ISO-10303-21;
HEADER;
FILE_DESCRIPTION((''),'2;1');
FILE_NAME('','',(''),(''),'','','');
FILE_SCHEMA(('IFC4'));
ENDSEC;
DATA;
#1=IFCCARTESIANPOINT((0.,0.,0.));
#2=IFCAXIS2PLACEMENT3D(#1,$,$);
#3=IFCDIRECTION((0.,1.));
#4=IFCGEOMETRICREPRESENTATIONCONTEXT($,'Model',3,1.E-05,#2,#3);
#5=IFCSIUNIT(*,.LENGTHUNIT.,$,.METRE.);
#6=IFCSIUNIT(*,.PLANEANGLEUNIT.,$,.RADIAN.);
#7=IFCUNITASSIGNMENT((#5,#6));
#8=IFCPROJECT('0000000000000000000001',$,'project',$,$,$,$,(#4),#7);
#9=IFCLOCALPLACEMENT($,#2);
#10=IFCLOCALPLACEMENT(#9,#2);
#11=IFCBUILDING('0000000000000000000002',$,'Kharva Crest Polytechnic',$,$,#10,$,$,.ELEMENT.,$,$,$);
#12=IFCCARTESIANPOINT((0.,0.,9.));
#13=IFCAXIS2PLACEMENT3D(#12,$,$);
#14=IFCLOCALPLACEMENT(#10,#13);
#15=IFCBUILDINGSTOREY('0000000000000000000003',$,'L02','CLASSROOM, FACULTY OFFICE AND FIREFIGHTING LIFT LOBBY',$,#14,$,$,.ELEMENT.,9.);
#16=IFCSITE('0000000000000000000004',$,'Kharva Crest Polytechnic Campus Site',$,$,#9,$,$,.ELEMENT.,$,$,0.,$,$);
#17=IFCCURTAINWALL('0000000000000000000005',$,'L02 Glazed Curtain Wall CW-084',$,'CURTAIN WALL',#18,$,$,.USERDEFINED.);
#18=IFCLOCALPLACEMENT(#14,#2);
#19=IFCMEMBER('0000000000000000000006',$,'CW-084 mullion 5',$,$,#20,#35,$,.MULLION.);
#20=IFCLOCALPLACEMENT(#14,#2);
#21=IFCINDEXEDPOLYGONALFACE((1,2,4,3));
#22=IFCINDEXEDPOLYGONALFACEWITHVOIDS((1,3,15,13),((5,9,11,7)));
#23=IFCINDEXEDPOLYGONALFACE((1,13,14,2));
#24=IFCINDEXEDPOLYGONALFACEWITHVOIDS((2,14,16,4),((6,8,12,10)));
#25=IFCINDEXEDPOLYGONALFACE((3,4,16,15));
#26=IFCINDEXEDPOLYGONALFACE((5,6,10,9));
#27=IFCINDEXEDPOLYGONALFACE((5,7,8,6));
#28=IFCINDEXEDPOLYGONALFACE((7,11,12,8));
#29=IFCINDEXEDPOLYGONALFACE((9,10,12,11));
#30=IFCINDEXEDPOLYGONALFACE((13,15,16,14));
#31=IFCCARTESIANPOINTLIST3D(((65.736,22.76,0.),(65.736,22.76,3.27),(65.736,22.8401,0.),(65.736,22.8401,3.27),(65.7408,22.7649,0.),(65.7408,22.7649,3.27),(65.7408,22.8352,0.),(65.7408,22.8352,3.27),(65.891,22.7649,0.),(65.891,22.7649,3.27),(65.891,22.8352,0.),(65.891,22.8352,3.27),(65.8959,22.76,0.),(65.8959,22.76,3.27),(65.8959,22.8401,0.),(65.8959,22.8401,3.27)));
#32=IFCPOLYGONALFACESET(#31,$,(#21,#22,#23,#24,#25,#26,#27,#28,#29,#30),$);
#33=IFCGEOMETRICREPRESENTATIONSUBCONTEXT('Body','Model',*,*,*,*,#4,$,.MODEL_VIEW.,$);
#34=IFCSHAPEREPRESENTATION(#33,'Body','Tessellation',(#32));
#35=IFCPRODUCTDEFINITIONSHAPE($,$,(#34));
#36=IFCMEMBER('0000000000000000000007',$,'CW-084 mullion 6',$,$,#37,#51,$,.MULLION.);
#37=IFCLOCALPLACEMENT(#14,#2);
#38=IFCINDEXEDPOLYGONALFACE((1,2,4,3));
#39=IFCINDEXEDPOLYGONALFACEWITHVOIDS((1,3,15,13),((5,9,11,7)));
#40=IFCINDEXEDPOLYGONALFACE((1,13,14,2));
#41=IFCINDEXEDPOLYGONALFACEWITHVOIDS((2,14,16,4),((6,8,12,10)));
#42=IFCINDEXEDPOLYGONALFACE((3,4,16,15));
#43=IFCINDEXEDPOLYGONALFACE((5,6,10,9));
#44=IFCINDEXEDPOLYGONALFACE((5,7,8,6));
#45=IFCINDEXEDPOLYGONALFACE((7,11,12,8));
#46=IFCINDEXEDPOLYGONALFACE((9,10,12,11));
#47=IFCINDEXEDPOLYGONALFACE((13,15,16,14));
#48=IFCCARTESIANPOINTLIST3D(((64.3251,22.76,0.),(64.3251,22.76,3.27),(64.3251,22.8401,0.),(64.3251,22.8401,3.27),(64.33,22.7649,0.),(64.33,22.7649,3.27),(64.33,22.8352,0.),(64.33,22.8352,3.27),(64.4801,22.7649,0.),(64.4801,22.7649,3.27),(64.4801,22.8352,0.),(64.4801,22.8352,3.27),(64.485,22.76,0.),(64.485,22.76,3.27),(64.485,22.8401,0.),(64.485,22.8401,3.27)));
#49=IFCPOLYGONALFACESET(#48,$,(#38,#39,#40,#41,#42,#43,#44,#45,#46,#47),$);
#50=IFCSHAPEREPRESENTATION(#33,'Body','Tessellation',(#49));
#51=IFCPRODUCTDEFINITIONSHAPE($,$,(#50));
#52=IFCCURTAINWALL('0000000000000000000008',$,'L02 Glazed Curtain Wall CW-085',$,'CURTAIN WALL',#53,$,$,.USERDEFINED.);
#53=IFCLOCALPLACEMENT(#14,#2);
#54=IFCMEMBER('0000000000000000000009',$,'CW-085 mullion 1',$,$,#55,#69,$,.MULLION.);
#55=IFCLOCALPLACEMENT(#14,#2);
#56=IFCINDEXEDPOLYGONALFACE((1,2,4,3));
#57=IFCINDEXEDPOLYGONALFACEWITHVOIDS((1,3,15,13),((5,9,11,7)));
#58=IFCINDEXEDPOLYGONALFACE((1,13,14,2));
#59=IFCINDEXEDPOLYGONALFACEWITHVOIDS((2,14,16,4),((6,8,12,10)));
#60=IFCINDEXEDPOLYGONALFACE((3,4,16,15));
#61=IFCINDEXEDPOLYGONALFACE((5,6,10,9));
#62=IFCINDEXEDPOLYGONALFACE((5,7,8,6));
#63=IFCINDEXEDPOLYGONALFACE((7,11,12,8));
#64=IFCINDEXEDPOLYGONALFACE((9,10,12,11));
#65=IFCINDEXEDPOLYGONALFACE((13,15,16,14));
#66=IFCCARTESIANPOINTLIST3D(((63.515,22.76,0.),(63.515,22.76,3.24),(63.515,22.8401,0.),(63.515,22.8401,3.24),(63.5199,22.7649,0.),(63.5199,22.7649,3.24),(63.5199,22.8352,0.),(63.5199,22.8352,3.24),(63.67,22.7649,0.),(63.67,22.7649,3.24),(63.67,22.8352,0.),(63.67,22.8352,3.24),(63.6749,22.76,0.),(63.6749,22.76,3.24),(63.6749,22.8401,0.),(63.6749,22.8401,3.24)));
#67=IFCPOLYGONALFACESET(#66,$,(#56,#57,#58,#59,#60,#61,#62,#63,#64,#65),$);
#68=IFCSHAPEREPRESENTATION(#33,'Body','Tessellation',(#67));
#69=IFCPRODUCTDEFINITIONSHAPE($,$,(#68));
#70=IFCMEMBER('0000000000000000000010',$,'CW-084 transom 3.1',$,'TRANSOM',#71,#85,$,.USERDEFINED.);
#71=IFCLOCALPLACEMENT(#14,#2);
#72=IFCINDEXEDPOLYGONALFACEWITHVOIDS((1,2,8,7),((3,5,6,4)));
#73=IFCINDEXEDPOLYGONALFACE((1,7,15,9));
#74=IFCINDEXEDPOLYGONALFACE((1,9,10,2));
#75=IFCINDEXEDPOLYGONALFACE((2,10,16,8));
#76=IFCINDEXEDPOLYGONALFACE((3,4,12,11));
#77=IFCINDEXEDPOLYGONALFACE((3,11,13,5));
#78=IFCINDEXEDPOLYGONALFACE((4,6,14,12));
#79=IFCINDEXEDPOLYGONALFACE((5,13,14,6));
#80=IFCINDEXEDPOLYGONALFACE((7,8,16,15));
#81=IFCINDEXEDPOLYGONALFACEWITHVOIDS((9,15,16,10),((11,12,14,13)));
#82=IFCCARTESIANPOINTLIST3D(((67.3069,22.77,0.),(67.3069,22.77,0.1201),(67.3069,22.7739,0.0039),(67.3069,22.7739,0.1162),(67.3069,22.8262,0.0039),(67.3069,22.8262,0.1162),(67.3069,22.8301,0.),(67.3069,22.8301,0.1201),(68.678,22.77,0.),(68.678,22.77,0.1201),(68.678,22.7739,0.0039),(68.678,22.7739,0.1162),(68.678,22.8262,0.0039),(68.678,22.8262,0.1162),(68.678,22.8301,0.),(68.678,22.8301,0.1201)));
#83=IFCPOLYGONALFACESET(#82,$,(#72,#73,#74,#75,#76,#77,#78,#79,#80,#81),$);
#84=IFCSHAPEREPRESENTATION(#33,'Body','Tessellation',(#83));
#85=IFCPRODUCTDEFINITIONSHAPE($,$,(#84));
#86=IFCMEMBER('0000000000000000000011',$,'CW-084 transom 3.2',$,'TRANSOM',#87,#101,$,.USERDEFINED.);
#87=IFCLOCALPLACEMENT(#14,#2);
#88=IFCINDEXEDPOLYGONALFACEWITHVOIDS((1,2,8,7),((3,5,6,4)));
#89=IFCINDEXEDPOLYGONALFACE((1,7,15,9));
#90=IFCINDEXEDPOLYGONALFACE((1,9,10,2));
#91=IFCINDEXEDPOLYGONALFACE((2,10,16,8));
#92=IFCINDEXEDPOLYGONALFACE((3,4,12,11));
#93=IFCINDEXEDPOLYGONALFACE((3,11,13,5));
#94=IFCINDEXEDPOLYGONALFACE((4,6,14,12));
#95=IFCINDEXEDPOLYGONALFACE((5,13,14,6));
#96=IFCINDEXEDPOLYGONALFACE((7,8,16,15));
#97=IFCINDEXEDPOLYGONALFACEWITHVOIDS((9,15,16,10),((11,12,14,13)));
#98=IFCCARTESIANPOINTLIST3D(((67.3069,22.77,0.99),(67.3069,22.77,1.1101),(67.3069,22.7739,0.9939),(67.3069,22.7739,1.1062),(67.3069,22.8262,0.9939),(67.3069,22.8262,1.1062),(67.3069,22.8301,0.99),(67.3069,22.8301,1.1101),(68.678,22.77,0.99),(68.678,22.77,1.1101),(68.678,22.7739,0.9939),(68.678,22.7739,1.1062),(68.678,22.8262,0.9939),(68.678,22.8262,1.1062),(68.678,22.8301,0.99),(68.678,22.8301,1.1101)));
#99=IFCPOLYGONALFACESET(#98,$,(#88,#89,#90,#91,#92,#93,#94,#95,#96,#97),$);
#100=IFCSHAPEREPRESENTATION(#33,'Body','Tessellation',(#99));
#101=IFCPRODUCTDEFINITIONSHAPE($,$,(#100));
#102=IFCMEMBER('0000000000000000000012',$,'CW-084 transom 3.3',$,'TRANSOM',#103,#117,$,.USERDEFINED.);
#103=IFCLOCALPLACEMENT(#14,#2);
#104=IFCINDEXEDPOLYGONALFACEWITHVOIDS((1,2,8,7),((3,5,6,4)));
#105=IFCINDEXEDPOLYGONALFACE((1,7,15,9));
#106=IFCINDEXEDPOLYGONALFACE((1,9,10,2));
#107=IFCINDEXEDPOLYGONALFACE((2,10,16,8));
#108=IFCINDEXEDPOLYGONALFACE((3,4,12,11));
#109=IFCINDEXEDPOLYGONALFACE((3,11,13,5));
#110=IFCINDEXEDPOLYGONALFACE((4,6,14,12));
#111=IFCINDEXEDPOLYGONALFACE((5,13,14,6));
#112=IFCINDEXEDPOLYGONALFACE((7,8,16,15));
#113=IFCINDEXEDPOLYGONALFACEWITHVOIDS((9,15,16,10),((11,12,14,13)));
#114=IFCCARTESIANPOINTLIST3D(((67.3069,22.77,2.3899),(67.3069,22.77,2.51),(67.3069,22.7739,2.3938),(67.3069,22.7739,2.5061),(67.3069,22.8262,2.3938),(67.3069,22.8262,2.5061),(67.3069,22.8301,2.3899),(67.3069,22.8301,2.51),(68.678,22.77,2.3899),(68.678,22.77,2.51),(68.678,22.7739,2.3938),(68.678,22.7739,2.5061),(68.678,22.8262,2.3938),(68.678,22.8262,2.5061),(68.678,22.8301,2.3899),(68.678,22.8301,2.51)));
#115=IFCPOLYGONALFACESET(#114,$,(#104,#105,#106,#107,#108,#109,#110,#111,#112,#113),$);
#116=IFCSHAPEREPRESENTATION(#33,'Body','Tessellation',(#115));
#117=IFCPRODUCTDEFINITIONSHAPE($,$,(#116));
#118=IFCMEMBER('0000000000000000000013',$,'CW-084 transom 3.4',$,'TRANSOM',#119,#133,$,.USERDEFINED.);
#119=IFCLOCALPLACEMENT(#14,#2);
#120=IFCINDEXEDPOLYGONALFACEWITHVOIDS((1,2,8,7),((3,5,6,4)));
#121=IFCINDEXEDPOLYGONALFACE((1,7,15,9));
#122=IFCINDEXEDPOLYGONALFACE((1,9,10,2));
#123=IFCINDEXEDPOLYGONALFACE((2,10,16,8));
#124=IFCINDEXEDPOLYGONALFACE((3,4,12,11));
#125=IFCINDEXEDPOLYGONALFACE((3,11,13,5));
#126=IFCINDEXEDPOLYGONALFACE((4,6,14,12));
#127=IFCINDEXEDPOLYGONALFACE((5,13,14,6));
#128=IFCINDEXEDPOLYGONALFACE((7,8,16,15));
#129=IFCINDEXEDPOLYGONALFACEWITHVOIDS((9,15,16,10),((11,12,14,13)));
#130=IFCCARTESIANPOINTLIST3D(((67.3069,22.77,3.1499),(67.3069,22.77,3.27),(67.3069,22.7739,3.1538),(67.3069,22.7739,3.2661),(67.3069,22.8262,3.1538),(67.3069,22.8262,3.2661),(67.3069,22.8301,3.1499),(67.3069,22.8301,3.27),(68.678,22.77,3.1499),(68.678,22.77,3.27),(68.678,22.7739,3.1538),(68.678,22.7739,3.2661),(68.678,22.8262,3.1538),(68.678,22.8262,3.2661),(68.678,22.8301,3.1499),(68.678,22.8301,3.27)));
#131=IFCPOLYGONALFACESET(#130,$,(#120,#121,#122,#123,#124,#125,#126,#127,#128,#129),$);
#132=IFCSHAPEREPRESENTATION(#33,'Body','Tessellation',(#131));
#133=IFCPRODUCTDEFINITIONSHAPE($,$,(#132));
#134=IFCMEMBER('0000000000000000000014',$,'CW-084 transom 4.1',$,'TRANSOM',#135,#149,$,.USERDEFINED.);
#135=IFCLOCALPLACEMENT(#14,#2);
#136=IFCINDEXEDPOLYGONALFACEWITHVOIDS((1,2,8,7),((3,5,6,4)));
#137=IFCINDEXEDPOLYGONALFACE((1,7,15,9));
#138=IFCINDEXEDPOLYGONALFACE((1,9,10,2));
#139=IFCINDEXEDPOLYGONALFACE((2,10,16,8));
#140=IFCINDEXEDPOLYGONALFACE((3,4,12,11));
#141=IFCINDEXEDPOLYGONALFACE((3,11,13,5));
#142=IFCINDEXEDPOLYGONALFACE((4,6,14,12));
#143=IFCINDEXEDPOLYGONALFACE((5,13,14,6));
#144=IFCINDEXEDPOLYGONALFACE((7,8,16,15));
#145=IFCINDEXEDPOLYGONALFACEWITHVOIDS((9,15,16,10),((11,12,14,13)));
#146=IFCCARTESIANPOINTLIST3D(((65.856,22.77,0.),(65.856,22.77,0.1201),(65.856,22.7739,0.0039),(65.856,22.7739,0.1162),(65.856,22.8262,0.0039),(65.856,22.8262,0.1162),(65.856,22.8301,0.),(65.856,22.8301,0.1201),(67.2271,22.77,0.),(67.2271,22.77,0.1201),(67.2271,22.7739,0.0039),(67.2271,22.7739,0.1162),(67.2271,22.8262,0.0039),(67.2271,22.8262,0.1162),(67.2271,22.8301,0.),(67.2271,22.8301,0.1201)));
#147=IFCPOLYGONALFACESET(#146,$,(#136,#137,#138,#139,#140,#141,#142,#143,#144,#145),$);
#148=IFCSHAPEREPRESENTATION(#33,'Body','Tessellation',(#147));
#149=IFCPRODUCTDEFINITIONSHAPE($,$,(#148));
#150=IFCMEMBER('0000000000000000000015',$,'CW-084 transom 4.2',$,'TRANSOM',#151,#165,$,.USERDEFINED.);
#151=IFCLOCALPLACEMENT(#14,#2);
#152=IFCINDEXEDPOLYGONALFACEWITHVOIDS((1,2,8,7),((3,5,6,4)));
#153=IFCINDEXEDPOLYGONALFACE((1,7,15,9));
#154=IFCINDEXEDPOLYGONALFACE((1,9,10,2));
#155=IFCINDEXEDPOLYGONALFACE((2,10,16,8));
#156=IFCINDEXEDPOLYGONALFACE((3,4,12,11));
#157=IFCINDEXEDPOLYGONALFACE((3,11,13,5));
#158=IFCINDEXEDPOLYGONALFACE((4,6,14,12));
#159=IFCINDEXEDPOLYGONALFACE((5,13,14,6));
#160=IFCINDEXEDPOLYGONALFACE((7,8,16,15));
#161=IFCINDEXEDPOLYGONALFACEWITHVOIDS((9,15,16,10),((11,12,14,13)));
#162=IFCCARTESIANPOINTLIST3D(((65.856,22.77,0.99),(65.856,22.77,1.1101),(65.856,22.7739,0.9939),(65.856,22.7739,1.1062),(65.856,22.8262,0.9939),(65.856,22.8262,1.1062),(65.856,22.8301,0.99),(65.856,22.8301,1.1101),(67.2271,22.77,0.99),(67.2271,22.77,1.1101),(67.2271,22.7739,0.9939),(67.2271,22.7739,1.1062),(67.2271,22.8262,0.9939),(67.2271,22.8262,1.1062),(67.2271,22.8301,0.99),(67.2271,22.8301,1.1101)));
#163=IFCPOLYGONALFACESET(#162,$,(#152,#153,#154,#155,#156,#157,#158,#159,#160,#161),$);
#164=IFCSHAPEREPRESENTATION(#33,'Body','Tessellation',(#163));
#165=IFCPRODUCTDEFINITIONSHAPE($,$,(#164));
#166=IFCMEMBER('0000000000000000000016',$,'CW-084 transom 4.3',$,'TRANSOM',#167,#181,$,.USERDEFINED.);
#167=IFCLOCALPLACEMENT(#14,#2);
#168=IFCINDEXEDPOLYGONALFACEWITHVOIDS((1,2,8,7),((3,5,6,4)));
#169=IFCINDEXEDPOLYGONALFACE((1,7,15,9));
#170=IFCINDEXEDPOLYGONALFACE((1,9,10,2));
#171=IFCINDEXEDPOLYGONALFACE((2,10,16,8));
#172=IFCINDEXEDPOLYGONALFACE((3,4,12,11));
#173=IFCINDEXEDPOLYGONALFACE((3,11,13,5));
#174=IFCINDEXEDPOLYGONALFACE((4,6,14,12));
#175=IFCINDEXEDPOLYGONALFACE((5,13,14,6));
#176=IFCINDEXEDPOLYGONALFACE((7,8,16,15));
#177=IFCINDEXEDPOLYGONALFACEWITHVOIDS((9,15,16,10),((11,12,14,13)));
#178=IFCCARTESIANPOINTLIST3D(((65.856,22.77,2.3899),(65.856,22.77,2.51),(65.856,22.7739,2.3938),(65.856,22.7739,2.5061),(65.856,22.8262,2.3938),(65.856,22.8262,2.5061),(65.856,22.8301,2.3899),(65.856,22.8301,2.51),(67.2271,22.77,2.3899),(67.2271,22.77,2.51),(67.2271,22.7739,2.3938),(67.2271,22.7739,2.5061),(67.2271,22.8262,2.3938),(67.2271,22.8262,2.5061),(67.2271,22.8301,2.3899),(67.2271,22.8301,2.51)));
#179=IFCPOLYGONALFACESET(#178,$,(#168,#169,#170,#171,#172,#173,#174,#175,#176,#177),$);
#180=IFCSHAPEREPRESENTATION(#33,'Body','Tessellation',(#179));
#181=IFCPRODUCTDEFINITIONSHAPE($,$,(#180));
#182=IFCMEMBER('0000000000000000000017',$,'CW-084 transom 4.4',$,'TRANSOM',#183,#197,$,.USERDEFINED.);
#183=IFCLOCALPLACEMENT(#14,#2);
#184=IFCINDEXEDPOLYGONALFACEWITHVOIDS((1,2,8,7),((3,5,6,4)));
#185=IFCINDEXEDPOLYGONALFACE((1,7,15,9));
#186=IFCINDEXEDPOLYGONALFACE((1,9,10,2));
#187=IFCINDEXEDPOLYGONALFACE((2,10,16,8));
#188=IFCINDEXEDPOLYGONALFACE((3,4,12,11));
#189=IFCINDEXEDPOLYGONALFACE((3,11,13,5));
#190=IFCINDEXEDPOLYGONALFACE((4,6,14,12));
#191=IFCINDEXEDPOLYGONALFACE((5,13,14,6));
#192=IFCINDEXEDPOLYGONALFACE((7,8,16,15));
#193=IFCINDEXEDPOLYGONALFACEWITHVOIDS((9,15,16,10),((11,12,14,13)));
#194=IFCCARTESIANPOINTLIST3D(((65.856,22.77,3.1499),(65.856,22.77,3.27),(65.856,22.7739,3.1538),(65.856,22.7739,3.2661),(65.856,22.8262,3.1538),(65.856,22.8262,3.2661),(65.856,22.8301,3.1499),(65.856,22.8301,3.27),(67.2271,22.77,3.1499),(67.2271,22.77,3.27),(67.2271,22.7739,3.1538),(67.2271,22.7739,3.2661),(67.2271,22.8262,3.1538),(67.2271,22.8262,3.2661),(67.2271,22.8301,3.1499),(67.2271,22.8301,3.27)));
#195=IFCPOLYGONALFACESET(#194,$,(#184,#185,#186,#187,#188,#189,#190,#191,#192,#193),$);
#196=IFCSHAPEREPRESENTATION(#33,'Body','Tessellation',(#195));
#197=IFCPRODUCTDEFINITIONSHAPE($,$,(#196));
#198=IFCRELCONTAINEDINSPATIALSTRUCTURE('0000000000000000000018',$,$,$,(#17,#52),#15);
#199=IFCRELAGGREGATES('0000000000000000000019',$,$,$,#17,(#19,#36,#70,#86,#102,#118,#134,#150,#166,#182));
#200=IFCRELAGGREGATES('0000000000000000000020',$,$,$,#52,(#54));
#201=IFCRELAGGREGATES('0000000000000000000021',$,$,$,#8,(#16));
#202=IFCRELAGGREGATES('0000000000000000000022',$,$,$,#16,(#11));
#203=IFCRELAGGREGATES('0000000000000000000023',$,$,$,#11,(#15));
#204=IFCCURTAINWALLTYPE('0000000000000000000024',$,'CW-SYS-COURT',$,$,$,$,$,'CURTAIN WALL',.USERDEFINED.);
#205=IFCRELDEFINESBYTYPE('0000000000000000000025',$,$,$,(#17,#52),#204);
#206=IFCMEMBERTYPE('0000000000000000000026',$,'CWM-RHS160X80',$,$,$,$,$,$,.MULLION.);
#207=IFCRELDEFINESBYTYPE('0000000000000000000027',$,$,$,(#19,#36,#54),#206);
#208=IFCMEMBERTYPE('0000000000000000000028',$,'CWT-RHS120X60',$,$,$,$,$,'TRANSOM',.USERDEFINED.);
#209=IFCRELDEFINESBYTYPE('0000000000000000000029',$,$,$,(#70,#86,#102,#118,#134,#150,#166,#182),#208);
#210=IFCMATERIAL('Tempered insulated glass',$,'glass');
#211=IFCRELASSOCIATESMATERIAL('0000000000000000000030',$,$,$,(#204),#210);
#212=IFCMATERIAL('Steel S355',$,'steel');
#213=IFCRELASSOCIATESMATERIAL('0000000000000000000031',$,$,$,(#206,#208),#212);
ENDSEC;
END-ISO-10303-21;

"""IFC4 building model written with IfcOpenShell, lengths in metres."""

from ifc_helpers import new_model, si_unit, direction, frame, origin, origin_2d, place, context, subcontext, project, spatial, hollow_rectangle, extrude, material, material_profile, profile_set, type_object, element, aggregate, save


model = new_model("IFC4")

# Units and contexts
model_context = context("Model", 3, precision=1e-05, world=origin(), true_north=direction((0.0, 1.0)))
body_context = subcontext(model_context, "Body", "Model", "MODEL_VIEW")
ifc_project = project(units=[si_unit("LENGTHUNIT", "METRE"), si_unit("PLANEANGLEUNIT", "RADIAN")], contexts=[model_context])

# Site, building, storey
site_placement = place(None, origin())
site = spatial("IfcSite", under=ifc_project, at=site_placement, Name="Kharva Crest Polytechnic Campus Site", CompositionType="ELEMENT", RefElevation=0.0)
building_placement = place(site_placement, origin())
building = spatial("IfcBuilding", under=site, at=building_placement, Name="Kharva Crest Polytechnic", CompositionType="ELEMENT")
storey_placement = place(building_placement, frame((0.0, 0.0, 9.0)))
storey = spatial("IfcBuildingStorey", under=building, at=storey_placement, Name="L02", Description="CLASSROOM, FACULTY OFFICE AND FIREFIGHTING LIFT LOBBY", CompositionType="ELEMENT", Elevation=9.0)

# Shared definitions
ifc_material_1 = material(Name="Steel S355", Category="steel")

# Curtain wall, members
ifc_material_2 = material(Name="Tempered insulated glass", Category="glass")
curtain_wall_type = type_object("IfcCurtainWallType", Name="CW-SYS-COURT", ElementType="CURTAIN WALL", PredefinedType="USERDEFINED", material=ifc_material_2)
curtain_wall_1_placement = place(storey_placement, origin())
curtain_wall_1 = element("IfcCurtainWall", 1, at=curtain_wall_1_placement, inside=storey, type_object=curtain_wall_type, Name="L02 Glazed Curtain Wall CW-084", ObjectType="CURTAIN WALL", PredefinedType="USERDEFINED")
ifc_material_profile_1 = material_profile(ifc_material_1, hollow_rectangle(XDim=0.0801, YDim=0.1599, WallThickness=0.0049, at=origin_2d()), Name="RHS 160X80X5.0")
ifc_profile_set_1 = profile_set([ifc_material_profile_1], Name="Steel S355")
member_type_1 = type_object("IfcMemberType", Name="CWM-RHS160X80", PredefinedType="MULLION", material=ifc_profile_set_1)
member_1_placement = place(storey_placement, frame((65.8159, 22.8, 0.0), z_axis=(0.0, 0.0, 1.0), x_axis=(0.0, -1.0, 0.0)))
member_1 = element("IfcMember", 2, at=member_1_placement, type_object=member_type_1, Name="CW-084 mullion 5", PredefinedType="MULLION", context=body_context, shape_type="SweptSolid", body=[
    extrude(hollow_rectangle(XDim=0.0801, YDim=0.1599, WallThickness=0.0049, at=origin_2d()), origin(), (0.0, 0.0, 1.0), 3.27),
])
member_2_placement = place(storey_placement, frame((64.405, 22.8, 0.0), z_axis=(0.0, 0.0, 1.0), x_axis=(0.0, -1.0, 0.0)))
member_2 = element("IfcMember", 3, at=member_2_placement, type_object=member_type_1, Name="CW-084 mullion 6", PredefinedType="MULLION", context=body_context, shape_type="SweptSolid", body=[
    extrude(hollow_rectangle(XDim=0.0801, YDim=0.1599, WallThickness=0.0049, at=origin_2d()), origin(), (0.0, 0.0, 1.0), 3.27),
])

# Curtain wall, member
curtain_wall_2_placement = place(storey_placement, origin())
curtain_wall_2 = element("IfcCurtainWall", 4, at=curtain_wall_2_placement, inside=storey, type_object=curtain_wall_type, Name="L02 Glazed Curtain Wall CW-085", ObjectType="CURTAIN WALL", PredefinedType="USERDEFINED")
member_3_placement = place(storey_placement, frame((63.595, 22.8, 0.0), z_axis=(0.0, 0.0, 1.0), x_axis=(0.0, -1.0, 0.0)))
member_3 = element("IfcMember", 5, at=member_3_placement, type_object=member_type_1, Name="CW-085 mullion 1", PredefinedType="MULLION", context=body_context, shape_type="SweptSolid", body=[
    extrude(hollow_rectangle(XDim=0.0801, YDim=0.1599, WallThickness=0.0049, at=origin_2d()), origin(), (0.0, 0.0, 1.0), 3.24),
])

# Members
ifc_material_profile_2 = material_profile(ifc_material_1, hollow_rectangle(XDim=0.0601, YDim=0.1201, WallThickness=0.0039, at=origin_2d()), Name="RHS 120X60X4.0")
ifc_profile_set_2 = profile_set([ifc_material_profile_2], Name="Steel S355")
member_type_2 = type_object("IfcMemberType", Name="CWT-RHS120X60", ElementType="TRANSOM", PredefinedType="USERDEFINED", material=ifc_profile_set_2)
member_4_placement = place(storey_placement, frame((68.678, 22.8, 0.0601), z_axis=(-1.0, 0.0, 0.0), x_axis=(0.0, -1.0, 0.0)))
member_4 = element("IfcMember", 6, at=member_4_placement, type_object=member_type_2, Name="CW-084 transom 3.1", ObjectType="TRANSOM", PredefinedType="USERDEFINED", context=body_context, shape_type="SweptSolid", body=[
    extrude(hollow_rectangle(XDim=0.0601, YDim=0.1201, WallThickness=0.0039, at=origin_2d()), origin(), (0.0, 0.0, 1.0), 1.3711),
])
member_5_placement = place(storey_placement, frame((68.678, 22.8, 1.05), z_axis=(-1.0, 0.0, 0.0), x_axis=(0.0, -1.0, 0.0)))
member_5 = element("IfcMember", 7, at=member_5_placement, type_object=member_type_2, Name="CW-084 transom 3.2", ObjectType="TRANSOM", PredefinedType="USERDEFINED", context=body_context, shape_type="SweptSolid", body=[
    extrude(hollow_rectangle(XDim=0.0601, YDim=0.1201, WallThickness=0.0039, at=origin_2d()), origin(), (0.0, 0.0, 1.0), 1.3711),
])
member_6_placement = place(storey_placement, frame((68.678, 22.8, 2.45), z_axis=(-1.0, 0.0, 0.0), x_axis=(0.0, -1.0, 0.0)))
member_6 = element("IfcMember", 8, at=member_6_placement, type_object=member_type_2, Name="CW-084 transom 3.3", ObjectType="TRANSOM", PredefinedType="USERDEFINED", context=body_context, shape_type="SweptSolid", body=[
    extrude(hollow_rectangle(XDim=0.0601, YDim=0.1201, WallThickness=0.0039, at=origin_2d()), origin(), (0.0, 0.0, 1.0), 1.3711),
])
member_7_placement = place(storey_placement, frame((68.678, 22.8, 3.21), z_axis=(-1.0, 0.0, 0.0), x_axis=(0.0, -1.0, 0.0)))
member_7 = element("IfcMember", 9, at=member_7_placement, type_object=member_type_2, Name="CW-084 transom 3.4", ObjectType="TRANSOM", PredefinedType="USERDEFINED", context=body_context, shape_type="SweptSolid", body=[
    extrude(hollow_rectangle(XDim=0.0601, YDim=0.1201, WallThickness=0.0039, at=origin_2d()), origin(), (0.0, 0.0, 1.0), 1.3711),
])
member_8_placement = place(storey_placement, frame((67.2271, 22.8, 0.0601), z_axis=(-1.0, 0.0, 0.0), x_axis=(0.0, -1.0, 0.0)))
member_8 = element("IfcMember", 10, at=member_8_placement, type_object=member_type_2, Name="CW-084 transom 4.1", ObjectType="TRANSOM", PredefinedType="USERDEFINED", context=body_context, shape_type="SweptSolid", body=[
    extrude(hollow_rectangle(XDim=0.0601, YDim=0.1201, WallThickness=0.0039, at=origin_2d()), origin(), (0.0, 0.0, 1.0), 1.3711),
])
member_9_placement = place(storey_placement, frame((67.2271, 22.8, 1.05), z_axis=(-1.0, 0.0, 0.0), x_axis=(0.0, -1.0, 0.0)))
member_9 = element("IfcMember", 11, at=member_9_placement, type_object=member_type_2, Name="CW-084 transom 4.2", ObjectType="TRANSOM", PredefinedType="USERDEFINED", context=body_context, shape_type="SweptSolid", body=[
    extrude(hollow_rectangle(XDim=0.0601, YDim=0.1201, WallThickness=0.0039, at=origin_2d()), origin(), (0.0, 0.0, 1.0), 1.3711),
])
member_10_placement = place(storey_placement, frame((67.2271, 22.8, 2.45), z_axis=(-1.0, 0.0, 0.0), x_axis=(0.0, -1.0, 0.0)))
member_10 = element("IfcMember", 12, at=member_10_placement, type_object=member_type_2, Name="CW-084 transom 4.3", ObjectType="TRANSOM", PredefinedType="USERDEFINED", context=body_context, shape_type="SweptSolid", body=[
    extrude(hollow_rectangle(XDim=0.0601, YDim=0.1201, WallThickness=0.0039, at=origin_2d()), origin(), (0.0, 0.0, 1.0), 1.3711),
])
member_11_placement = place(storey_placement, frame((67.2271, 22.8, 3.21), z_axis=(-1.0, 0.0, 0.0), x_axis=(0.0, -1.0, 0.0)))
member_11 = element("IfcMember", 13, at=member_11_placement, type_object=member_type_2, Name="CW-084 transom 4.4", ObjectType="TRANSOM", PredefinedType="USERDEFINED", context=body_context, shape_type="SweptSolid", body=[
    extrude(hollow_rectangle(XDim=0.0601, YDim=0.1201, WallThickness=0.0039, at=origin_2d()), origin(), (0.0, 0.0, 1.0), 1.3711),
])

aggregate(curtain_wall_1, [member_1, member_2, member_4, member_5, member_6, member_7, member_8, member_9, member_10, member_11])
aggregate(curtain_wall_2, [member_3])

save(model, "model.ifc")
